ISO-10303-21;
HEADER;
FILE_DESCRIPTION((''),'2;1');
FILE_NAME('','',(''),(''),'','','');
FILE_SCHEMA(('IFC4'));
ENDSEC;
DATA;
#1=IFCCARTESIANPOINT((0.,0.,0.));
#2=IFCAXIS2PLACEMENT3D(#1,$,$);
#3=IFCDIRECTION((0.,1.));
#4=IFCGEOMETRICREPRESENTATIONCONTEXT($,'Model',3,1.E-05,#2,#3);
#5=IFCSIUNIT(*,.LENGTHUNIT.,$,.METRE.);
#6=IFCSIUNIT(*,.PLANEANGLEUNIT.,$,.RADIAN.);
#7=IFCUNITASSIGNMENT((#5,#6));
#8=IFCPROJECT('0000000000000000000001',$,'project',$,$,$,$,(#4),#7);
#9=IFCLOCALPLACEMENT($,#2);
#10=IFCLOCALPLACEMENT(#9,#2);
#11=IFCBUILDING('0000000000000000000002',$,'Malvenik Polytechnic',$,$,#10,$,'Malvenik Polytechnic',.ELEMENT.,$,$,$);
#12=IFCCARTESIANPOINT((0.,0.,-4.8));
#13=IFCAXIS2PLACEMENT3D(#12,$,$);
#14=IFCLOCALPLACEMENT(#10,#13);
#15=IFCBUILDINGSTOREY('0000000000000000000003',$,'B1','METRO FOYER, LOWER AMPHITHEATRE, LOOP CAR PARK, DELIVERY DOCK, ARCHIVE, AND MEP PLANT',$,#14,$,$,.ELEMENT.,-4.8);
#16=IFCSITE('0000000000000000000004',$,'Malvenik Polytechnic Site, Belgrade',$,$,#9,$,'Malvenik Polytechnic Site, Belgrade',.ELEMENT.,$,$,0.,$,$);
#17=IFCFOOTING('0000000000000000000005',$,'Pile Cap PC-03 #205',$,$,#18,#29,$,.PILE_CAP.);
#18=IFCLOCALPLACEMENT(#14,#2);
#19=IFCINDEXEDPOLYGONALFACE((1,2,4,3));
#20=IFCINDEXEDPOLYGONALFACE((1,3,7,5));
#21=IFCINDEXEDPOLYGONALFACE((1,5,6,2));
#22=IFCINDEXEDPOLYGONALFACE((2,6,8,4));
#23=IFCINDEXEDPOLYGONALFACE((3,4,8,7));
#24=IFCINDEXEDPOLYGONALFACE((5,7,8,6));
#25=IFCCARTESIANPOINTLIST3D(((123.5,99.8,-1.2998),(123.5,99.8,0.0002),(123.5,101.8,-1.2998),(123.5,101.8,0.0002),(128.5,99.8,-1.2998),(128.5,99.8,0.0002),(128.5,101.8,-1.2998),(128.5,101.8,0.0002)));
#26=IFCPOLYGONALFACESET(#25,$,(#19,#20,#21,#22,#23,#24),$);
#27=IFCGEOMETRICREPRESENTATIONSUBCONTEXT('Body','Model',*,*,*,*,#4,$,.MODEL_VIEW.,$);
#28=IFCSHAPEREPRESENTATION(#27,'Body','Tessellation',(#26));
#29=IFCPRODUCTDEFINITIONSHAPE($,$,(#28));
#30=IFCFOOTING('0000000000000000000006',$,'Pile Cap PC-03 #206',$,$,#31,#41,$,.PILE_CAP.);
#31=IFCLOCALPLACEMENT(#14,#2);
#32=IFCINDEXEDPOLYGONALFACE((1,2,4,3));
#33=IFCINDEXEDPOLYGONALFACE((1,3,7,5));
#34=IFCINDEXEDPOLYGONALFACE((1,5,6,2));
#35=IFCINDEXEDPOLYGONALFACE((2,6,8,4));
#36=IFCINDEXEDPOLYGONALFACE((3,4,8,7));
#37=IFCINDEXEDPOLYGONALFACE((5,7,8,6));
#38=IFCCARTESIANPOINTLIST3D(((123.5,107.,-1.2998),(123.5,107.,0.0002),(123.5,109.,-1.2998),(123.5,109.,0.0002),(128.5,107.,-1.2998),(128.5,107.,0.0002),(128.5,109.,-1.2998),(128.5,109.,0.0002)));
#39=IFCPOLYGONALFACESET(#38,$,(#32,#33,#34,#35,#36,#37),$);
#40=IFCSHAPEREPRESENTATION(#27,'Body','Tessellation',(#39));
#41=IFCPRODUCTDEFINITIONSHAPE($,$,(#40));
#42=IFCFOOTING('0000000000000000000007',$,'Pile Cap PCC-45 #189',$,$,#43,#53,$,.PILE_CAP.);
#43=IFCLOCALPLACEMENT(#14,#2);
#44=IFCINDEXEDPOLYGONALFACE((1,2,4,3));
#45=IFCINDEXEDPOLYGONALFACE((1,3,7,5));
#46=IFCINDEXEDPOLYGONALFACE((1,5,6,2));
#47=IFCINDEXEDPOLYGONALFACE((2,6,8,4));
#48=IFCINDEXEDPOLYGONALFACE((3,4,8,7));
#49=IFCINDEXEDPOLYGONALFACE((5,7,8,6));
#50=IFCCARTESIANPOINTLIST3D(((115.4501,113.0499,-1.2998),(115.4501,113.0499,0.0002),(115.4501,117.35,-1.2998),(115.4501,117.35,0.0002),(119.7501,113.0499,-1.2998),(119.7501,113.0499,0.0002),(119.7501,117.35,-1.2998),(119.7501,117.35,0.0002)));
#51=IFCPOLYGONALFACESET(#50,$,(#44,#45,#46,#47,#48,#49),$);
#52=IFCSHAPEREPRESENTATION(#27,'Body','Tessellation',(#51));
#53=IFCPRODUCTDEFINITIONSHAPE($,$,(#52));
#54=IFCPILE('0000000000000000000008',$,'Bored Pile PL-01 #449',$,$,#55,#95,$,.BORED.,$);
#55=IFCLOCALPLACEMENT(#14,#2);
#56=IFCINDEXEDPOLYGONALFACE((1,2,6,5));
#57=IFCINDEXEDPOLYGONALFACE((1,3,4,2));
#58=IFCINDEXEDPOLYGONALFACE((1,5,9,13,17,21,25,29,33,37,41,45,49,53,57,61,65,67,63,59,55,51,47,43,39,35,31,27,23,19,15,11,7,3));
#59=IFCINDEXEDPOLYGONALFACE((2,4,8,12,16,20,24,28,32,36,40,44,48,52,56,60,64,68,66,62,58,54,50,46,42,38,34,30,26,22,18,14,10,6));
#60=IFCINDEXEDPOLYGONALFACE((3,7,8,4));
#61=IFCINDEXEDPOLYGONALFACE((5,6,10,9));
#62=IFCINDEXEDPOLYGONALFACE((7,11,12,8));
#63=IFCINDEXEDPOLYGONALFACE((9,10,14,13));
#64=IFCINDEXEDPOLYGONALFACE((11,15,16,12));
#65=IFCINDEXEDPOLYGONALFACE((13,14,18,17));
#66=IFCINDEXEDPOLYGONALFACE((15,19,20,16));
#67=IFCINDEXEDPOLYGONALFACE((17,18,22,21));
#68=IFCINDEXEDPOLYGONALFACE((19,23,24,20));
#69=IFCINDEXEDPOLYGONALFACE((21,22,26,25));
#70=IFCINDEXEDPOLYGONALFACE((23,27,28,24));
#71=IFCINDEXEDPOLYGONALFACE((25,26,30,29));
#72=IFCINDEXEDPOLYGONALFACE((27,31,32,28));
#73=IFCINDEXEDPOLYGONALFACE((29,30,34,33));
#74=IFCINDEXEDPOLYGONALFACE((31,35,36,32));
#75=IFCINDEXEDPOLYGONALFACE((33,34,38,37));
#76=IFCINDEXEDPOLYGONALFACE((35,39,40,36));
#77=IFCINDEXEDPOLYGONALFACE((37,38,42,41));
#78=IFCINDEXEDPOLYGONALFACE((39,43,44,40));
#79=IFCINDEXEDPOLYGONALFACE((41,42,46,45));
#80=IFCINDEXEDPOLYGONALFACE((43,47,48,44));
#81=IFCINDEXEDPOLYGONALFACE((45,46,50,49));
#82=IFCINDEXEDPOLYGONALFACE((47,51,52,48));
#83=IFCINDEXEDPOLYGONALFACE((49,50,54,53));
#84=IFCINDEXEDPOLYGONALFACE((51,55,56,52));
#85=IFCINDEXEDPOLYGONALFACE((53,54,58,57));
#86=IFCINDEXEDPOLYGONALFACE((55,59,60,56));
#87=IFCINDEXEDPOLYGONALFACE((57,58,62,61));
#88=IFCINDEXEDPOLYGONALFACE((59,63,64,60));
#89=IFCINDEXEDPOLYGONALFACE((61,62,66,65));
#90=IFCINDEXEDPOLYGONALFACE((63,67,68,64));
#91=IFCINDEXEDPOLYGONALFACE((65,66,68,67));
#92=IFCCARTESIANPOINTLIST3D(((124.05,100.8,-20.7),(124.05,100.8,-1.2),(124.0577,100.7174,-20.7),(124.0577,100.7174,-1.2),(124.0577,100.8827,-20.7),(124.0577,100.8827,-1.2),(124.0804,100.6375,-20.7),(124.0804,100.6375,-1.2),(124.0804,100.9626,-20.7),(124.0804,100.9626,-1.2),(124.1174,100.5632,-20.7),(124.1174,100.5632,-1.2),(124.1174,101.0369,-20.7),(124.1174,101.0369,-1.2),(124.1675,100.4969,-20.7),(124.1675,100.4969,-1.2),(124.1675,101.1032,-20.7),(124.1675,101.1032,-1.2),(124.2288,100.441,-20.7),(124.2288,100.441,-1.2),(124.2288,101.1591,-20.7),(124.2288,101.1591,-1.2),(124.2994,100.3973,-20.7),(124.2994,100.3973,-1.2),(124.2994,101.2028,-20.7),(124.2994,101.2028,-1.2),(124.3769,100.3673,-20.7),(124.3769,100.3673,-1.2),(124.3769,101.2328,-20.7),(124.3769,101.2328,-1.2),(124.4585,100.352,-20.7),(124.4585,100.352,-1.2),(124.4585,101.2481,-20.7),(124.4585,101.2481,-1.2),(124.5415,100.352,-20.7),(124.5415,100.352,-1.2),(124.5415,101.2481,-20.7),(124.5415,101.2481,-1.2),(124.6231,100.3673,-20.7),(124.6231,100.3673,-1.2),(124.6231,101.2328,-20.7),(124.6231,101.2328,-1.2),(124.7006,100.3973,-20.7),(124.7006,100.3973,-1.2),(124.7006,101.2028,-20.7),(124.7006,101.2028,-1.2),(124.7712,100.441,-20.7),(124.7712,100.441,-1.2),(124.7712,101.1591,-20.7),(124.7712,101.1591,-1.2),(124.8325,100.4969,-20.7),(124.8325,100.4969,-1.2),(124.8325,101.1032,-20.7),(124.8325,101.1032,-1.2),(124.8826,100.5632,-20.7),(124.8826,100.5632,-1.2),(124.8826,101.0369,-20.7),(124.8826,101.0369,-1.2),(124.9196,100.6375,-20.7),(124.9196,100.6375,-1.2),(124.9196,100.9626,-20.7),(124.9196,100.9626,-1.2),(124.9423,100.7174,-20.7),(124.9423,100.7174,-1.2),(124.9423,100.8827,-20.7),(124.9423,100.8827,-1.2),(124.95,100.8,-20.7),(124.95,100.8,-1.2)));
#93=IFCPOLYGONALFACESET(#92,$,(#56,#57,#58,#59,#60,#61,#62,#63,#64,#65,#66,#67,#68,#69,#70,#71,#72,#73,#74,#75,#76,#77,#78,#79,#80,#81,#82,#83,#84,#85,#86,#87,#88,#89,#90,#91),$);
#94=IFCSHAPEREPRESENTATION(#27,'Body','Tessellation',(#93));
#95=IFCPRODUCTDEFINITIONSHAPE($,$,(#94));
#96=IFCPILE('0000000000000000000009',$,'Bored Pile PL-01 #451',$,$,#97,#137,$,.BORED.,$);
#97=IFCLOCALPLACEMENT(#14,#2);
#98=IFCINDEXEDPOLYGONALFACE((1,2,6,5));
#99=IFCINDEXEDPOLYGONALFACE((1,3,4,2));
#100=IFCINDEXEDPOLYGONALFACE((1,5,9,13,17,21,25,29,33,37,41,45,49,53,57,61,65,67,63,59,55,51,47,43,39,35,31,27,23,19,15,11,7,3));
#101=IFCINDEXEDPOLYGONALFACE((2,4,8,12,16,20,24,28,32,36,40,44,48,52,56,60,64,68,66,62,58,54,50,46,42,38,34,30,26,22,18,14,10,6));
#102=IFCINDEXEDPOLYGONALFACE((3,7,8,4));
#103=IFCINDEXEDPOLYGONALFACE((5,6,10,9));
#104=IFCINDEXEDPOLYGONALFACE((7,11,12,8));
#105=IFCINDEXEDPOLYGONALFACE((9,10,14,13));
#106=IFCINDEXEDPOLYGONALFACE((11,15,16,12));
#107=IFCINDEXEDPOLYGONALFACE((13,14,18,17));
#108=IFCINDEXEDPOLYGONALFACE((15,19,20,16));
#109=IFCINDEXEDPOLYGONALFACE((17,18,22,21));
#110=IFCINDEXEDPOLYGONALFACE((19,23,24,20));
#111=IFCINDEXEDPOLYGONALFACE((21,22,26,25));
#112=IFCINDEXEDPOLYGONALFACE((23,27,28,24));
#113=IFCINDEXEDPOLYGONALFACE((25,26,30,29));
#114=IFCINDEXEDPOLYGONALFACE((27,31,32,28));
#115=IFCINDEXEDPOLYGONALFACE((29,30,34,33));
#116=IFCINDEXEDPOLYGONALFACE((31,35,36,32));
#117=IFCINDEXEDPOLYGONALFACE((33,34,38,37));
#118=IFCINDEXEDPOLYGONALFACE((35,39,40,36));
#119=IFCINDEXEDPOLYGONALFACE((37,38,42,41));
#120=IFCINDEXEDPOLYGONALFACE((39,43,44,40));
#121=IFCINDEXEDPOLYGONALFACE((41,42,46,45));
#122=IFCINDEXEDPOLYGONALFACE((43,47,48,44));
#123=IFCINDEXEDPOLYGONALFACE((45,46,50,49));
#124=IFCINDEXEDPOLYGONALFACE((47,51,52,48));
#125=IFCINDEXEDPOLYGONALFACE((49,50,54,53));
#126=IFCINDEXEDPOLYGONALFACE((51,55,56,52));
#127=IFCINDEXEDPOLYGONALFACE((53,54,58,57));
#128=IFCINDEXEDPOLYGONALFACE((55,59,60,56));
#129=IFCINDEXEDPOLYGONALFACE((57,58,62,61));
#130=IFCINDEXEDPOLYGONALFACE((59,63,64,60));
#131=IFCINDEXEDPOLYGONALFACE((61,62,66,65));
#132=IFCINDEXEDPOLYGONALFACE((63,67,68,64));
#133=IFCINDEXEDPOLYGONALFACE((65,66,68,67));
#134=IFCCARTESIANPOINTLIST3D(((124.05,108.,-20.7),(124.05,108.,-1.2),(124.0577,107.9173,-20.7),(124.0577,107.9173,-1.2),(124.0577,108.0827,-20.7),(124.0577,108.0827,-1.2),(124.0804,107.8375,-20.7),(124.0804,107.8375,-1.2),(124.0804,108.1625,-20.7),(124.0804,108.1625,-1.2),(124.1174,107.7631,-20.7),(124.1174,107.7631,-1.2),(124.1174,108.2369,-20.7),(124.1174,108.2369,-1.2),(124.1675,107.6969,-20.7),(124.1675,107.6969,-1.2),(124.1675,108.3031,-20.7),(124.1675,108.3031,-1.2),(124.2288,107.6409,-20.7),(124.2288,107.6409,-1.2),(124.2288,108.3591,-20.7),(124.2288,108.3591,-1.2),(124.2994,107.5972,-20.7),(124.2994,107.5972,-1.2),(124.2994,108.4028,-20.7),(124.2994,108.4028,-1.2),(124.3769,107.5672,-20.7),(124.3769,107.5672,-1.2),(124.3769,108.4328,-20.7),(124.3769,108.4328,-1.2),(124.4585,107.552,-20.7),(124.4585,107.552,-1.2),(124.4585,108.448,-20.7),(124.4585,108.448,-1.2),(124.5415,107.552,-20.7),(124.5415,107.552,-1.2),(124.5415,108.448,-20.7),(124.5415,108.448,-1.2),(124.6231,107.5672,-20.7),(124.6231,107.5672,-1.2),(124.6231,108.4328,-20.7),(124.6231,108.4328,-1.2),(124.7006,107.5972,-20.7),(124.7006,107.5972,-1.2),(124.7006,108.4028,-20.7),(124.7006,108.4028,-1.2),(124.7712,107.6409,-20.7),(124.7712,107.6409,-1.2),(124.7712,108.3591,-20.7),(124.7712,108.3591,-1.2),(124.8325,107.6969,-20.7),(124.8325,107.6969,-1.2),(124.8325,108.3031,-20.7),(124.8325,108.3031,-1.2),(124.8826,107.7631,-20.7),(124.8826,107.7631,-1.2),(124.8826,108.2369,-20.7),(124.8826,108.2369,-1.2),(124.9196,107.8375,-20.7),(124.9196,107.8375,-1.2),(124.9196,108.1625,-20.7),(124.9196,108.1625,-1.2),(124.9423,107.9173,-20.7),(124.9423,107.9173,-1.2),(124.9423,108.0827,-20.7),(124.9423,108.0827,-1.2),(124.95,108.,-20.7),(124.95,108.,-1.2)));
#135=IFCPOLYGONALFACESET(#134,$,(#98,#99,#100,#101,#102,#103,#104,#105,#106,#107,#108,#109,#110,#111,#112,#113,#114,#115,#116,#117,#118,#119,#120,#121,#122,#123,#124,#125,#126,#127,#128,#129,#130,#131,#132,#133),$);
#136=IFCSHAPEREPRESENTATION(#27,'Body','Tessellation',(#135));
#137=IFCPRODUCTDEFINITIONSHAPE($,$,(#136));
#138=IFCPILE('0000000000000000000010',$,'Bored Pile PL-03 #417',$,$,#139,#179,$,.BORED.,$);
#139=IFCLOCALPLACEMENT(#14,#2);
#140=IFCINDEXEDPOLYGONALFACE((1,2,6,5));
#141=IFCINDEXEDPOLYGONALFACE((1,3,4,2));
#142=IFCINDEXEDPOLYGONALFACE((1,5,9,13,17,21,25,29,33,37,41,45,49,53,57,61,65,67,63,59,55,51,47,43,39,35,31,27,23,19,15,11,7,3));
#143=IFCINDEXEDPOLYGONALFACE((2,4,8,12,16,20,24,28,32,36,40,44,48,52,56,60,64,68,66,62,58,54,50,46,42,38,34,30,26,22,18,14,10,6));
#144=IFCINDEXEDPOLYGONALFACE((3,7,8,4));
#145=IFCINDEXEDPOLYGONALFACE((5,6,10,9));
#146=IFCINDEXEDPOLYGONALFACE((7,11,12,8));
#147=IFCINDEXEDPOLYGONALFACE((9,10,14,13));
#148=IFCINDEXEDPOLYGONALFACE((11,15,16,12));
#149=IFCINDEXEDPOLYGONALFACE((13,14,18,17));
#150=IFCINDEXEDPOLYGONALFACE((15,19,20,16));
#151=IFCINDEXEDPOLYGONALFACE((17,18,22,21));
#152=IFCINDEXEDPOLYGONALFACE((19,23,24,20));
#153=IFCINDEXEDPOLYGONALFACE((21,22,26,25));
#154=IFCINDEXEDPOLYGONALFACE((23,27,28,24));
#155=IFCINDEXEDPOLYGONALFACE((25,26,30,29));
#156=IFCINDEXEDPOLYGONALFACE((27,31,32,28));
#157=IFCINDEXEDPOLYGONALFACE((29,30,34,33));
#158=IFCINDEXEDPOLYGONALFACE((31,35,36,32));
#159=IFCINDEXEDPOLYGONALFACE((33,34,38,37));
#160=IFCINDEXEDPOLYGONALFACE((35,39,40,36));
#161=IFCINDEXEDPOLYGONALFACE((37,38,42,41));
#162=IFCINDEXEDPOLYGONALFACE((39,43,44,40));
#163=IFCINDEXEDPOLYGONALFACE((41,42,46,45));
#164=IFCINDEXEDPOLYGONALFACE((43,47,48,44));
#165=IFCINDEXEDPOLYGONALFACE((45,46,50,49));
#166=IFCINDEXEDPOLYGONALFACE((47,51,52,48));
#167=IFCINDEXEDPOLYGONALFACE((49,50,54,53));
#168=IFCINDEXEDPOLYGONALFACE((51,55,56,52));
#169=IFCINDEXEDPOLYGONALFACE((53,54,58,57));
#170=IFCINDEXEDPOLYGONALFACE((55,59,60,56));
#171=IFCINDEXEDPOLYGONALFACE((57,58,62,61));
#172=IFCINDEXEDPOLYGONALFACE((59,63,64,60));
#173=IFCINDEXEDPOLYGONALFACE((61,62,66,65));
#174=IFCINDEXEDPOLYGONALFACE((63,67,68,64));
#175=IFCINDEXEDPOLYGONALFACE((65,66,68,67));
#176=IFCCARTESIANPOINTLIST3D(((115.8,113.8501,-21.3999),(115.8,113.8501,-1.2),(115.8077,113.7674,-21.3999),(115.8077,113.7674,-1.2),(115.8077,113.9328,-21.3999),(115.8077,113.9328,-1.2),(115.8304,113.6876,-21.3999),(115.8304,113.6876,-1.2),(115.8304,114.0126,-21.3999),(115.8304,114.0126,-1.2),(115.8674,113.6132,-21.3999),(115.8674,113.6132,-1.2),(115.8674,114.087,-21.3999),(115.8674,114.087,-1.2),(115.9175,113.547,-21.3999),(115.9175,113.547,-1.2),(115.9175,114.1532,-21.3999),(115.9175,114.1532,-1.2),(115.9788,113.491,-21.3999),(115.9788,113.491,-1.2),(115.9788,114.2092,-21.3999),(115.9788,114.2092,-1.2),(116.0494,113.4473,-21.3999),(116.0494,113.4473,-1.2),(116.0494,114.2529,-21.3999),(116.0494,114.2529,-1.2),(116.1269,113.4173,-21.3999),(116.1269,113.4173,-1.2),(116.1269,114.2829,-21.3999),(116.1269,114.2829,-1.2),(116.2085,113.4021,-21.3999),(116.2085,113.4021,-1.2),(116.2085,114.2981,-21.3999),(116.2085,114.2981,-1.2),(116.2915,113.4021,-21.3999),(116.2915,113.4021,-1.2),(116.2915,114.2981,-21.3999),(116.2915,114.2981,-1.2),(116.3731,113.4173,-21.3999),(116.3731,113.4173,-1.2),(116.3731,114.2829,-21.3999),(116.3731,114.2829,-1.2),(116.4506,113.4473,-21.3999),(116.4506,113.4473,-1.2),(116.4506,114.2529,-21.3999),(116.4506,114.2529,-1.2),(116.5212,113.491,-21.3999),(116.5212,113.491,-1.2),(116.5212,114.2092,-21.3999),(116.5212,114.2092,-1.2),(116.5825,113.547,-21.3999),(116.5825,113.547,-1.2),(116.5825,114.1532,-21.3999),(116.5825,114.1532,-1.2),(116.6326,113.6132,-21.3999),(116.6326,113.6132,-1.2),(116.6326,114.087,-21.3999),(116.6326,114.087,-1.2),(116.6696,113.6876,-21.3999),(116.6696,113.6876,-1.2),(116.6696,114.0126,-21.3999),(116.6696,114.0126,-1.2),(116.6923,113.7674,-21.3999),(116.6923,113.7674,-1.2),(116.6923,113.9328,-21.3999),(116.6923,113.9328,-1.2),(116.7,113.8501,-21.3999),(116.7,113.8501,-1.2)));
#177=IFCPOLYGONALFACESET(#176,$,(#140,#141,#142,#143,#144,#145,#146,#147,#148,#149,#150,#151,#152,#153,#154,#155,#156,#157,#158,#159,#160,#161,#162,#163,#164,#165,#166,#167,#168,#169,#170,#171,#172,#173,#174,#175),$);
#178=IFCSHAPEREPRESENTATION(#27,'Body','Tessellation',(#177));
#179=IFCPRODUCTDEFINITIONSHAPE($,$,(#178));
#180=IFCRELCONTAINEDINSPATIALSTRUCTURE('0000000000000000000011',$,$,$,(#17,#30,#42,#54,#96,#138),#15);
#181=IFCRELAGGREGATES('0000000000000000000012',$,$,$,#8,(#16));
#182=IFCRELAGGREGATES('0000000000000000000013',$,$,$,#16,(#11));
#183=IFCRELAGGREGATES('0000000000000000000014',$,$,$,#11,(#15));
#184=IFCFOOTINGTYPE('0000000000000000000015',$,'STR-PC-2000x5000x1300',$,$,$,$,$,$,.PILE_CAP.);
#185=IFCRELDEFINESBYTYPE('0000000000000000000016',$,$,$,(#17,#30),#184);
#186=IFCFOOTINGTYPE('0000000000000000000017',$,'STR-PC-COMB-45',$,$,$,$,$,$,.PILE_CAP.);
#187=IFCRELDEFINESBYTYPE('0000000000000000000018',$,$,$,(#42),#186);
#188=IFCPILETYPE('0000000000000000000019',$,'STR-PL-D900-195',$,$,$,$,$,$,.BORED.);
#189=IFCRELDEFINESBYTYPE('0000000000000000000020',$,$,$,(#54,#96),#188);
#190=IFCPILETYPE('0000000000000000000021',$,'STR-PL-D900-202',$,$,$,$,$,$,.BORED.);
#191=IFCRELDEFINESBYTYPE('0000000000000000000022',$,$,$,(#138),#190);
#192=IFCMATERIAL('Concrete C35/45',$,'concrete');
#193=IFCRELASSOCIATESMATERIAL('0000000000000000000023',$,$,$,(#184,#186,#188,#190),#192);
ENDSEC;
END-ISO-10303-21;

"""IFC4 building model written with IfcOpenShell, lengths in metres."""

from ifc_helpers import new_model, si_unit, direction, frame, origin, origin_2d, place, context, subcontext, project, spatial, rectangle, circle, extrude, material, material_profile, profile_set, type_object, element, save


model = new_model("IFC4")

# Units and contexts
model_context = context("Model", 3, precision=1e-05, world=origin(), true_north=direction((0.0, 1.0)))
body_context = subcontext(model_context, "Body", "Model", "MODEL_VIEW")
ifc_project = project(units=[si_unit("LENGTHUNIT", "METRE"), si_unit("PLANEANGLEUNIT", "RADIAN")], contexts=[model_context])

# Site, building, storey
site_placement = place(None, origin())
site = spatial("IfcSite", under=ifc_project, at=site_placement, Name="Malvenik Polytechnic Site, Belgrade", LongName="Malvenik Polytechnic Site, Belgrade", CompositionType="ELEMENT", RefElevation=0.0)
building_placement = place(site_placement, origin())
building = spatial("IfcBuilding", under=site, at=building_placement, Name="Malvenik Polytechnic", LongName="Malvenik Polytechnic", CompositionType="ELEMENT")
storey_placement = place(building_placement, frame((0.0, 0.0, -4.8)))
storey = spatial("IfcBuildingStorey", under=building, at=storey_placement, Name="B1", Description="METRO FOYER, LOWER AMPHITHEATRE, LOOP CAR PARK, DELIVERY DOCK, ARCHIVE, AND MEP PLANT", CompositionType="ELEMENT", Elevation=-4.8)

# Footings
ifc_material_1 = material(Name="Concrete C35/45", Category="concrete")
footing_type_1 = type_object("IfcFootingType", Name="STR-PC-2000x5000x1300", PredefinedType="PILE_CAP", material=ifc_material_1)
for number, where, z_axis, x_axis, name in (
    (1, (126.0, 100.8, -1.2998), (0.0, 0.0, 1.0), (1.0, 0.0, 0.0), "Pile Cap PC-03 #205"),
    (2, (126.0, 108.0, -1.2998), (0.0, 0.0, 1.0), (1.0, 0.0, 0.0), "Pile Cap PC-03 #206"),
):
    element("IfcFooting", number, at=place(storey_placement, frame(where, z_axis=z_axis, x_axis=x_axis)), inside=storey, type_object=footing_type_1, Name=name, PredefinedType="PILE_CAP", context=body_context, shape_type="SweptSolid", body=[
        extrude(rectangle(XDim=5.0, YDim=2.0, at=origin_2d()), origin(), (0.0, 0.0, 1.0), 1.3),
    ])
footing_type_2 = type_object("IfcFootingType", Name="STR-PC-COMB-45", PredefinedType="PILE_CAP", material=ifc_material_1)
footing_placement = place(storey_placement, frame((117.6001, 115.2, -1.2998), z_axis=(0.0, 0.0, 1.0), x_axis=(1.0, 0.0, 0.0)))
element("IfcFooting", 3, at=footing_placement, inside=storey, type_object=footing_type_2, Name="Pile Cap PCC-45 #189", PredefinedType="PILE_CAP", context=body_context, shape_type="SweptSolid", body=[
    extrude(rectangle(XDim=4.3, YDim=4.3, at=origin_2d()), origin(), (0.0, 0.0, 1.0), 1.3),
])

# Piles
ifc_material_profile_1 = material_profile(ifc_material_1, circle(Radius=0.45, at=origin_2d()), Name="BORED PILE D900")
ifc_profile_set_1 = profile_set([ifc_material_profile_1], Name="Concrete C35/45")
pile_type_1 = type_object("IfcPileType", Name="STR-PL-D900-195", PredefinedType="BORED", material=ifc_profile_set_1)
for number, where, z_axis, x_axis, name in (
    (4, (124.5, 100.8, -1.2), (0.0, 0.0, -1.0), (1.0, 0.0, 0.0), "Bored Pile PL-01 #449"),
    (5, (124.5, 108.0, -1.2), (0.0, 0.0, -1.0), (1.0, 0.0, 0.0), "Bored Pile PL-01 #451"),
):
    element("IfcPile", number, at=place(storey_placement, frame(where, z_axis=z_axis, x_axis=x_axis)), inside=storey, type_object=pile_type_1, Name=name, PredefinedType="BORED", context=body_context, shape_type="SweptSolid", body=[
        extrude(circle(Radius=0.45, at=origin_2d()), origin(), (0.0, 0.0, 1.0), 19.5),
    ])
ifc_material_profile_2 = material_profile(ifc_material_1, circle(Radius=0.45, at=origin_2d()), Name="BORED PILE D900")
ifc_profile_set_2 = profile_set([ifc_material_profile_2], Name="Concrete C35/45")
pile_type_2 = type_object("IfcPileType", Name="STR-PL-D900-202", PredefinedType="BORED", material=ifc_profile_set_2)
for number, where, z_axis, x_axis, name in (
    (6, (116.25, 113.8501, -1.2), (0.0, 0.0, -1.0), (1.0, 0.0, 0.0), "Bored Pile PL-03 #417"),
):
    element("IfcPile", number, at=place(storey_placement, frame(where, z_axis=z_axis, x_axis=x_axis)), inside=storey, type_object=pile_type_2, Name=name, PredefinedType="BORED", context=body_context, shape_type="SweptSolid", body=[
        extrude(circle(Radius=0.45, at=origin_2d()), origin(), (0.0, 0.0, 1.0), 20.2),
    ])

save(model, "model.ifc")
